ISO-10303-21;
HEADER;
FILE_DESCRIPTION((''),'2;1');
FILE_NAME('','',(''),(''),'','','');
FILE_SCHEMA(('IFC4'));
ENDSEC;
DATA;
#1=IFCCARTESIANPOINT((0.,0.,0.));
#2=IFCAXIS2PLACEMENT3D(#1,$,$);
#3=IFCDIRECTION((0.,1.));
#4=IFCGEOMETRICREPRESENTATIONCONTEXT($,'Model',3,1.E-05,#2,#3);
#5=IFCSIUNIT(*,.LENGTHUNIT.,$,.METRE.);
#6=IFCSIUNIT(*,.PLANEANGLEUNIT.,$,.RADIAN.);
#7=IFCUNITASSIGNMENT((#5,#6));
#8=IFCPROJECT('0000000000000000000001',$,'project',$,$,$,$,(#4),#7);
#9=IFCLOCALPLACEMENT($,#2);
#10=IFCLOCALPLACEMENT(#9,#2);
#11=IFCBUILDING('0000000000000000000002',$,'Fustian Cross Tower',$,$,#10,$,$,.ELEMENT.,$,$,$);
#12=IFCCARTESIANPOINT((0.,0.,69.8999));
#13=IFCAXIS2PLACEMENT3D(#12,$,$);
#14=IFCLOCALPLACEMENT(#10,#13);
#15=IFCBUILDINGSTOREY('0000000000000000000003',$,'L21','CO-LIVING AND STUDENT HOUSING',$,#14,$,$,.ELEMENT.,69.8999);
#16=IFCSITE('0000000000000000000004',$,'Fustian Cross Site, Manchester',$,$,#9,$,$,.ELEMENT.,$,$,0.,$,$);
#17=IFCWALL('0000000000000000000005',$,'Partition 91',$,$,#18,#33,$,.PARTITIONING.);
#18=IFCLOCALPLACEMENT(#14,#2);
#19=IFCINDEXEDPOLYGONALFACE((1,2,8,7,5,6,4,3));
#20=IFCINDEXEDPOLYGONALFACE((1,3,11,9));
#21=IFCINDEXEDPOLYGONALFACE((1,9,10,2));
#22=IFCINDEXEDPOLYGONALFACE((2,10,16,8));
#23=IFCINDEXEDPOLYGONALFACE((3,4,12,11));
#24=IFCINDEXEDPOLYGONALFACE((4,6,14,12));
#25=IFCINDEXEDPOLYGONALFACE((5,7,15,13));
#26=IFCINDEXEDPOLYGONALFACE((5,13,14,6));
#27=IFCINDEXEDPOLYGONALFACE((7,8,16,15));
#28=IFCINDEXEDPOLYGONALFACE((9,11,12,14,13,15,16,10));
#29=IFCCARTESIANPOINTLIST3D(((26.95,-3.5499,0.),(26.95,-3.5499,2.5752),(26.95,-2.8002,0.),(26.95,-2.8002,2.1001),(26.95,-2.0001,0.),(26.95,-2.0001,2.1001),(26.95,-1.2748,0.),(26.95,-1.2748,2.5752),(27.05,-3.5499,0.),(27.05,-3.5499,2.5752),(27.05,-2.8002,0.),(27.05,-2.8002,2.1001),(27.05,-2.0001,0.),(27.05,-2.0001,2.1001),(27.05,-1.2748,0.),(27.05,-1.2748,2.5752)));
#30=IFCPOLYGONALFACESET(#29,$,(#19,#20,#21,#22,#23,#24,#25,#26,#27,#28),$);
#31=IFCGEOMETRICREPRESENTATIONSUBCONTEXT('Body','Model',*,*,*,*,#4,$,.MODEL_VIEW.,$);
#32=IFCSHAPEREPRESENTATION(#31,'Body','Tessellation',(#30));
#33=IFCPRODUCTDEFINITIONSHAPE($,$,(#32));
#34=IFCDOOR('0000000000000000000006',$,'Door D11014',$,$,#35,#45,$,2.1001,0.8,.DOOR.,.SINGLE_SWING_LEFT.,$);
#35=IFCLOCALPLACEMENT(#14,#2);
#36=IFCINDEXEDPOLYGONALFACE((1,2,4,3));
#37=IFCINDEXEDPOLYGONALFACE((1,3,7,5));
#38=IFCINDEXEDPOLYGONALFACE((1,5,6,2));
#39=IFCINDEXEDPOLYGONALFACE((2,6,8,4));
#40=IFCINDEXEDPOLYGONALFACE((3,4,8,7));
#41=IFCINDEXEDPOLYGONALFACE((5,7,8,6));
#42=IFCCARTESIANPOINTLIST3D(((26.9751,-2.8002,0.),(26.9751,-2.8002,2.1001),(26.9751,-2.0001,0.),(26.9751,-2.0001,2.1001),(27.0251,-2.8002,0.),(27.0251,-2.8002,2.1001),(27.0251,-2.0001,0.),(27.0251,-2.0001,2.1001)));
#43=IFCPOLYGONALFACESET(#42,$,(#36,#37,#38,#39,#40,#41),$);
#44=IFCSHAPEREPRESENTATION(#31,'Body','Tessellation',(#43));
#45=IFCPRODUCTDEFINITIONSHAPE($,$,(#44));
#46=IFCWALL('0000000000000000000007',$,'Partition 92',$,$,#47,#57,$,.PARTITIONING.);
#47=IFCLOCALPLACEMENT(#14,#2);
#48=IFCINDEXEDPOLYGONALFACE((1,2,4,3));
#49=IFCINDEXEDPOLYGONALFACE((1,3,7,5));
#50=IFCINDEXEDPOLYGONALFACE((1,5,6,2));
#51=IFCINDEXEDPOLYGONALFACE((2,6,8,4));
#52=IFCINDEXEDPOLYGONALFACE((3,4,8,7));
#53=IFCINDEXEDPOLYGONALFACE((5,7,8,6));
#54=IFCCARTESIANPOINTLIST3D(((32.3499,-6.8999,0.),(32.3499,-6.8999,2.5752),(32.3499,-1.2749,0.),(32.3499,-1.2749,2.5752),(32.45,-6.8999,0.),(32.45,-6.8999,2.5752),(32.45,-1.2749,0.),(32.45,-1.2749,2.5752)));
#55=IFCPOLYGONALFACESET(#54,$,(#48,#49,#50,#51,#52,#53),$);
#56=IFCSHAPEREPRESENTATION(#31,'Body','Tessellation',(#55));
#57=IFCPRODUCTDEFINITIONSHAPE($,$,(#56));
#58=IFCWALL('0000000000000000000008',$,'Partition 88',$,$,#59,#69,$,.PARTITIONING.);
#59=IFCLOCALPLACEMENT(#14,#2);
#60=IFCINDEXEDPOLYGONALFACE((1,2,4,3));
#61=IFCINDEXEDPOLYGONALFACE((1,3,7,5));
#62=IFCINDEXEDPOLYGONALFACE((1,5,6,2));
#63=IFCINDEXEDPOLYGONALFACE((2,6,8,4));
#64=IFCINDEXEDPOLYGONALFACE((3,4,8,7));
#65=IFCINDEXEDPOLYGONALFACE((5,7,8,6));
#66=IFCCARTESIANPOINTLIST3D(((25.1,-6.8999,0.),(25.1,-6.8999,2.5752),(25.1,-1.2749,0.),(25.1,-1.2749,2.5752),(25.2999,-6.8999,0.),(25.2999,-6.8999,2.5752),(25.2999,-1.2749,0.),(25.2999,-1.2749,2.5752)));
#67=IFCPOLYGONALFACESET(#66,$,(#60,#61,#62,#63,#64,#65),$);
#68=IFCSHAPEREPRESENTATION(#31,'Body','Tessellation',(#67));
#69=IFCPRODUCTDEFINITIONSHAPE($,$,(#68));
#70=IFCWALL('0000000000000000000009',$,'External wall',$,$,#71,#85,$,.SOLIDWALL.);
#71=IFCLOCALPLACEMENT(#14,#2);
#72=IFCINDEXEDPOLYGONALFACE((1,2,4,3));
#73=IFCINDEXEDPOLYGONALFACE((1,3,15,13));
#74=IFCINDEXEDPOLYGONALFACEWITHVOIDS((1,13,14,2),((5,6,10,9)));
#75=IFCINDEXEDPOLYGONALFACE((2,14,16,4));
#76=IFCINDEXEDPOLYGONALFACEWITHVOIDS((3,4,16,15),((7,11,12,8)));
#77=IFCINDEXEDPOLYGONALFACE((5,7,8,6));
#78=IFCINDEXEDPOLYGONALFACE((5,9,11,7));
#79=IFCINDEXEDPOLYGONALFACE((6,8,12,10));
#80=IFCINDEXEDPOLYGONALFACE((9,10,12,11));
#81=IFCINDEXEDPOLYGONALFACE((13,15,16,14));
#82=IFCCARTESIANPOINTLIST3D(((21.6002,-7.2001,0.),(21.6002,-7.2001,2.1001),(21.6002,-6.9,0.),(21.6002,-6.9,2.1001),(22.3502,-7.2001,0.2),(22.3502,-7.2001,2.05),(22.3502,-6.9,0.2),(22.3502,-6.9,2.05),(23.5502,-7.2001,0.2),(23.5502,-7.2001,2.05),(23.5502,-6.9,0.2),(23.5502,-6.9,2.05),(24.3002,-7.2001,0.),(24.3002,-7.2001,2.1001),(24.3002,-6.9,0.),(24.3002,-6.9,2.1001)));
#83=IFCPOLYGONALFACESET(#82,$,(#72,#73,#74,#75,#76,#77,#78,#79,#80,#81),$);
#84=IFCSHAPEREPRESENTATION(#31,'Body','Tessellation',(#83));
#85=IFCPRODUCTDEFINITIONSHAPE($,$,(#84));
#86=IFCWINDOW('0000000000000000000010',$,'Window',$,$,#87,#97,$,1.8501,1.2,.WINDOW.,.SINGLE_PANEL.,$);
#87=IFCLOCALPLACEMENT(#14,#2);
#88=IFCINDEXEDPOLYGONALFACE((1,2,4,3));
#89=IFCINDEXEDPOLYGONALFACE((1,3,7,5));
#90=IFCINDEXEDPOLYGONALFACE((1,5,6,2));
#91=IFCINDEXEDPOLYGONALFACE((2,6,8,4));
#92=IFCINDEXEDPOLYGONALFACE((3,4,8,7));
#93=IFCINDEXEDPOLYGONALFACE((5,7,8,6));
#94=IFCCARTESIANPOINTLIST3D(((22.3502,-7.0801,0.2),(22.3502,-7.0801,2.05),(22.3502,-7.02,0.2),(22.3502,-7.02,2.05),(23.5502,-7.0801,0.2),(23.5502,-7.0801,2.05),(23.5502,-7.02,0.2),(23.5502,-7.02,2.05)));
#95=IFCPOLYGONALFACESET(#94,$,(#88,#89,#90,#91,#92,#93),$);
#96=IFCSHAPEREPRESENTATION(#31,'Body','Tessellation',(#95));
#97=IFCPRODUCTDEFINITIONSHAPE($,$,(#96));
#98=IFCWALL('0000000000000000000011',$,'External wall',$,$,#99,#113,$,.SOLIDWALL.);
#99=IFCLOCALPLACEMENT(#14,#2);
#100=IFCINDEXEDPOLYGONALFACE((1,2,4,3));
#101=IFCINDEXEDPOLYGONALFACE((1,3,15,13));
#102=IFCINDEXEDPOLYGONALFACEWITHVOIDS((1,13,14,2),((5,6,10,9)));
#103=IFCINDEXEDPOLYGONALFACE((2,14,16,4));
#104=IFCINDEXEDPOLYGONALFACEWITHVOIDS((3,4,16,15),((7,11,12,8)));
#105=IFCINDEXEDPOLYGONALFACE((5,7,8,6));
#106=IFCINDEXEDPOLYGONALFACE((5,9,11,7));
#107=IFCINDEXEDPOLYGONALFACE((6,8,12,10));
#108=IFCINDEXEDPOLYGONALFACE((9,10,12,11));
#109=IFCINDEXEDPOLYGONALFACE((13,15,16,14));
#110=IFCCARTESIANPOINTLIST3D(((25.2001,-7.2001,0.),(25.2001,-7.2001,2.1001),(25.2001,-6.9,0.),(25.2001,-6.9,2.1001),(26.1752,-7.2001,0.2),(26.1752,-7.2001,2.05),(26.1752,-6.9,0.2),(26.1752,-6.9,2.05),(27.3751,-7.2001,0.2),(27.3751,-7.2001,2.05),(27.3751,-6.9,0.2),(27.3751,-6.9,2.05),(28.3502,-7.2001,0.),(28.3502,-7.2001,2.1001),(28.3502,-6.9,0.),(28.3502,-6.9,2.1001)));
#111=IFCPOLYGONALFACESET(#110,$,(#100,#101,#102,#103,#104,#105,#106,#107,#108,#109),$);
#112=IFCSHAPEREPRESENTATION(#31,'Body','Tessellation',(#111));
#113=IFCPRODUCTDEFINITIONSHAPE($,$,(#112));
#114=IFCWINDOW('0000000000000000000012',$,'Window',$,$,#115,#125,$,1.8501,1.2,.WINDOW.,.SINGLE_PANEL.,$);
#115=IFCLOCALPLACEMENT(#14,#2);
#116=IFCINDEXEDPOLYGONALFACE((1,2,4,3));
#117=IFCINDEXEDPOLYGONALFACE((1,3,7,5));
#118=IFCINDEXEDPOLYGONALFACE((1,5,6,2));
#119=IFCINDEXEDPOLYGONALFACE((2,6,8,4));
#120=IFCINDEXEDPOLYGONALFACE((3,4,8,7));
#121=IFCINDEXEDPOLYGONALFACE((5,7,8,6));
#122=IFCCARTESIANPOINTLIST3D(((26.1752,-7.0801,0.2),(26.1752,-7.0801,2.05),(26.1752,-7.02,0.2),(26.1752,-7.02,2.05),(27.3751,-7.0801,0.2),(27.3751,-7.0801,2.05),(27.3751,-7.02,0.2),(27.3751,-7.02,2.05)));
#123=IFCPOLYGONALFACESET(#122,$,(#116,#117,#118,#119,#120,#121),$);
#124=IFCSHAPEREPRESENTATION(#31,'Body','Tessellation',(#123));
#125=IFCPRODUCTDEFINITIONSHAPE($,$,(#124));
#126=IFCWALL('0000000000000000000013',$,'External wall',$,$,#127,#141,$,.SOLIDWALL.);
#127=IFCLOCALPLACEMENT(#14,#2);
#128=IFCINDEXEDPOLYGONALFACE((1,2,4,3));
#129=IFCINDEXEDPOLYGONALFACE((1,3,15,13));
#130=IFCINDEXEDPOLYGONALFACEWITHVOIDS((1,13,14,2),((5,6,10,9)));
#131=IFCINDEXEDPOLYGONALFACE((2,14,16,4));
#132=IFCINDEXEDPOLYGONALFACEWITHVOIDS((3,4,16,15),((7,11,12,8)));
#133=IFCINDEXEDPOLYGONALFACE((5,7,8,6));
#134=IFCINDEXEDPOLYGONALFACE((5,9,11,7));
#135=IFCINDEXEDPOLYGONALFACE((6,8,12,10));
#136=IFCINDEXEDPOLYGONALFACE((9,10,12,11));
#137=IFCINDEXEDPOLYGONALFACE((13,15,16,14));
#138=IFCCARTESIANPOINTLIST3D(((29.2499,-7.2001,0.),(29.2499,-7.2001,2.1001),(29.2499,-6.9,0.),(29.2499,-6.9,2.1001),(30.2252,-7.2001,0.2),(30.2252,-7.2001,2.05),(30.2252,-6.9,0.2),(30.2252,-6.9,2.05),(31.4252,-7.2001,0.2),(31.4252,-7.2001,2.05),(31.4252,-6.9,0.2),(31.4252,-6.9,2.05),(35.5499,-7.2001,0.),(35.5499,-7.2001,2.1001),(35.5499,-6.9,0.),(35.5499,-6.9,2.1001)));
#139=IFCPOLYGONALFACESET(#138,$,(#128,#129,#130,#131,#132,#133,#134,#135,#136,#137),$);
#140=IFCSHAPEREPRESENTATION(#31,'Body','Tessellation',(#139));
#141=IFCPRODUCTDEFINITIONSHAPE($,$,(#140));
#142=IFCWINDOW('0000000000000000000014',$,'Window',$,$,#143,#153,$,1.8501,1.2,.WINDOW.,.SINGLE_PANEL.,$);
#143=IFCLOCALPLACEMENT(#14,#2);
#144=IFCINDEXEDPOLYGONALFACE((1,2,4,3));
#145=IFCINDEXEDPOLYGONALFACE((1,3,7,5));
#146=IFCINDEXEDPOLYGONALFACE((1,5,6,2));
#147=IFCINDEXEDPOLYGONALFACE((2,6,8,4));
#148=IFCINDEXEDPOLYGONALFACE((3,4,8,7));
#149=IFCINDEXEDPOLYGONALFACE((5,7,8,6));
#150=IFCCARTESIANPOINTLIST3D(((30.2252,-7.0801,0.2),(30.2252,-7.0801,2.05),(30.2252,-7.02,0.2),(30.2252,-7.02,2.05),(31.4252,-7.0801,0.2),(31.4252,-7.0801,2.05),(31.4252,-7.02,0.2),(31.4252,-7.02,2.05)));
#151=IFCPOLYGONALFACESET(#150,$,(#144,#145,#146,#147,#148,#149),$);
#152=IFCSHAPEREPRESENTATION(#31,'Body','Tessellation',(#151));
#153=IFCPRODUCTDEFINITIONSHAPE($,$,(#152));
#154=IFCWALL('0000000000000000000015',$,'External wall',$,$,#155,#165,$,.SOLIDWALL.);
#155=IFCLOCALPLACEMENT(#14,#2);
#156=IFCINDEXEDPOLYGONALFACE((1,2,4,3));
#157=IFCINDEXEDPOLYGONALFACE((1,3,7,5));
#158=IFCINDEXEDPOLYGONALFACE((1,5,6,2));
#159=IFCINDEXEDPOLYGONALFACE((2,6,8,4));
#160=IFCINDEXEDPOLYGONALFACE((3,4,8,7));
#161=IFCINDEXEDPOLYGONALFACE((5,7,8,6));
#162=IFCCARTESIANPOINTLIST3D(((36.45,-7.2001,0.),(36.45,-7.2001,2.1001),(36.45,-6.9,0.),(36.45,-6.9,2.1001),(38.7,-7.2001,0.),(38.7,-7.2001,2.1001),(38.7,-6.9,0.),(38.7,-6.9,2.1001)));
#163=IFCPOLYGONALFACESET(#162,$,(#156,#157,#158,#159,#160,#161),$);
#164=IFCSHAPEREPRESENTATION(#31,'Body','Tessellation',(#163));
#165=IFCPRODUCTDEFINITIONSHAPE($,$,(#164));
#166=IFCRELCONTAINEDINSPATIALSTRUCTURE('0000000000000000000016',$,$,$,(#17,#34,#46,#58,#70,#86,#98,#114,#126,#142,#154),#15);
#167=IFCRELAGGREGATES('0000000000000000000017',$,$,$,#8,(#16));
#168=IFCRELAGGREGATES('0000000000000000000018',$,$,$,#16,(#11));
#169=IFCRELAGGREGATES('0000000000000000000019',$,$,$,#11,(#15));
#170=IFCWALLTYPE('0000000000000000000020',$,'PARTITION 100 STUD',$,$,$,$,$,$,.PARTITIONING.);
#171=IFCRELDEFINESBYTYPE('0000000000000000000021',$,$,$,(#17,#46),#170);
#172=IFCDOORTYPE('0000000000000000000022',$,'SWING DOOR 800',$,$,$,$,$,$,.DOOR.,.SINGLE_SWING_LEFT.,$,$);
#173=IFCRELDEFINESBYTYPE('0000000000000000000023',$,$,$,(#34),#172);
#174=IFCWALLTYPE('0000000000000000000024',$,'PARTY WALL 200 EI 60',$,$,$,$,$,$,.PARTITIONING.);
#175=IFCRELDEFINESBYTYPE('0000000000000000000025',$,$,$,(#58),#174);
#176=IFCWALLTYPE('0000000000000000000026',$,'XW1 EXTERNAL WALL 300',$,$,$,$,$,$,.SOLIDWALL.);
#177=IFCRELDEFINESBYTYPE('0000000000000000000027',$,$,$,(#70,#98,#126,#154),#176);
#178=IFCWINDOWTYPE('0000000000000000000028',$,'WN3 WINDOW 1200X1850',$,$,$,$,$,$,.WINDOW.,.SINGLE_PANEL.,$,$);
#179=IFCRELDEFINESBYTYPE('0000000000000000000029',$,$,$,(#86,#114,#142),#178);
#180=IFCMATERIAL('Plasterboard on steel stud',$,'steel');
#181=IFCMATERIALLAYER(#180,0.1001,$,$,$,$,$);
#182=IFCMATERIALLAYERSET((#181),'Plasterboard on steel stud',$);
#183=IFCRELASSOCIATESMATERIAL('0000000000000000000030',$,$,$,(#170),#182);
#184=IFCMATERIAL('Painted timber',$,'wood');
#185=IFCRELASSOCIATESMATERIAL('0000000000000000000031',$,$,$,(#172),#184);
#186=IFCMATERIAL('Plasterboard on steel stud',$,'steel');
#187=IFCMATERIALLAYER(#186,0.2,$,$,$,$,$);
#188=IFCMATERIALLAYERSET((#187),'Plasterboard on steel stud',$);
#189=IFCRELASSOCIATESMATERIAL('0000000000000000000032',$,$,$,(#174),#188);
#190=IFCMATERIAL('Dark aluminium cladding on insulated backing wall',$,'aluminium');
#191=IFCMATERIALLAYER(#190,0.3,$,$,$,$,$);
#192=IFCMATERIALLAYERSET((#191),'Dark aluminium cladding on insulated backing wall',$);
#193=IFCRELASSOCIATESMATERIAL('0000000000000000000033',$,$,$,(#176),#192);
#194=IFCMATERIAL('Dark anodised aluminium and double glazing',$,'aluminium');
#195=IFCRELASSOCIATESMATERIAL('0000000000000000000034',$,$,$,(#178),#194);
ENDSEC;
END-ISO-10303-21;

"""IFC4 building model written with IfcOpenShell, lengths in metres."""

from ifc_helpers import new_model, si_unit, direction, frame, frame_2d, origin, place, context, subcontext, project, spatial, rectangle, extrude, material, layer, layer_set, type_object, element, fill, save


model = new_model("IFC4")

# Units and contexts
model_context = context("Model", 3, precision=1e-05, world=origin(), true_north=direction((0.0, 1.0)))
body_context = subcontext(model_context, "Body", "Model", "MODEL_VIEW")
ifc_project = project(units=[si_unit("LENGTHUNIT", "METRE"), si_unit("PLANEANGLEUNIT", "RADIAN")], contexts=[model_context])

# Site, building, storey
site_placement = place(None, origin())
site = spatial("IfcSite", under=ifc_project, at=site_placement, Name="Fustian Cross Site, Manchester", CompositionType="ELEMENT", RefElevation=0.0)
building_placement = place(site_placement, origin())
building = spatial("IfcBuilding", under=site, at=building_placement, Name="Fustian Cross Tower", CompositionType="ELEMENT")
storey_placement = place(building_placement, frame((0.0, 0.0, 69.8999)))
storey = spatial("IfcBuildingStorey", under=building, at=storey_placement, Name="L21", Description="CO-LIVING AND STUDENT HOUSING", CompositionType="ELEMENT", Elevation=69.8999)

# Shared definitions
ifc_material_1 = material(Name="Plasterboard on steel stud", Category="steel")
ifc_layer_1 = layer(ifc_material_1, 0.1001)
ifc_layer_set_1 = layer_set([ifc_layer_1], Name="Plasterboard on steel stud")
wall_type_1 = type_object("IfcWallType", Name="PARTITION 100 STUD", PredefinedType="PARTITIONING", material=ifc_layer_set_1)

# Shared definitions
ifc_material_2 = material(Name="Painted timber", Category="wood")
door_type = type_object("IfcDoorType", Name="SWING DOOR 800", OperationType="SINGLE_SWING_LEFT", PredefinedType="DOOR", material=ifc_material_2)

# Wall, opening, door
wall_1_placement = place(storey_placement, frame((27.0, -3.55, 0.0), z_axis=(0.0, 0.0, 1.0), x_axis=(0.0, 1.0, 0.0)))
wall_1 = element("IfcWall", 1, at=wall_1_placement, inside=storey, type_object=wall_type_1, Name="Partition 91", PredefinedType="PARTITIONING", context=body_context, shape_type="SweptSolid", body=[
    extrude(rectangle(XDim=2.2751, YDim=0.1001, at=frame_2d((1.1377, 0.0))), origin(), (0.0, 0.0, 1.0), 2.5752),
])
opening_1_placement = place(wall_1_placement, frame((0.75, 0.0, 0.0)))
opening_1 = element("IfcOpeningElement", 2, at=opening_1_placement, cuts=wall_1, PredefinedType="OPENING", context=body_context, shape_type="SweptSolid", body=[
    extrude(rectangle(XDim=0.8, YDim=2.1001, at=frame_2d((0.3999, 1.05))), frame((0.0, 0.0601, 0.0), z_axis=(0.0, -1.0, 0.0), x_axis=(1.0, 0.0, 0.0)), (0.0, 0.0, 1.0), 0.1201),
])
door_1_placement = place(opening_1_placement, origin())
door_1 = element("IfcDoor", 3, at=door_1_placement, inside=storey, type_object=door_type, Name="Door D11014", OperationType="SINGLE_SWING_LEFT", OverallHeight=2.1001, OverallWidth=0.8, PredefinedType="DOOR", context=body_context, shape_type="SweptSolid", body=[
    extrude(rectangle(XDim=0.8, YDim=2.1001, at=frame_2d((0.3999, 1.05))), frame((0.0, 0.0249, 0.0), z_axis=(0.0, -1.0, 0.0), x_axis=(1.0, 0.0, 0.0)), (0.0, 0.0, 1.0), 0.05),
])
fill(opening_1, door_1)

# Walls
wall_2_placement = place(storey_placement, frame((32.3999, -6.8999, 0.0), z_axis=(0.0, 0.0, 1.0), x_axis=(0.0, 1.0, 0.0)))
element("IfcWall", 4, at=wall_2_placement, inside=storey, type_object=wall_type_1, Name="Partition 92", PredefinedType="PARTITIONING", context=body_context, shape_type="SweptSolid", body=[
    extrude(rectangle(XDim=5.625, YDim=0.1001, at=frame_2d((2.8125, 0.0))), origin(), (0.0, 0.0, 1.0), 2.5752),
])
ifc_material_3 = material(Name="Plasterboard on steel stud", Category="steel")
ifc_layer_2 = layer(ifc_material_3, 0.2)
ifc_layer_set_2 = layer_set([ifc_layer_2], Name="Plasterboard on steel stud")
wall_type_2 = type_object("IfcWallType", Name="PARTY WALL 200 EI 60", PredefinedType="PARTITIONING", material=ifc_layer_set_2)
wall_3_placement = place(storey_placement, frame((25.2, -6.8999, 0.0), z_axis=(0.0, 0.0, 1.0), x_axis=(0.0, 1.0, 0.0)))
element("IfcWall", 5, at=wall_3_placement, inside=storey, type_object=wall_type_2, Name="Partition 88", PredefinedType="PARTITIONING", context=body_context, shape_type="SweptSolid", body=[
    extrude(rectangle(XDim=5.625, YDim=0.2, at=frame_2d((2.8125, 0.0))), origin(), (0.0, 0.0, 1.0), 2.5752),
])

# Walls, openings, windows
ifc_material_4 = material(Name="Dark aluminium cladding on insulated backing wall", Category="aluminium")
ifc_layer_3 = layer(ifc_material_4, 0.3)
ifc_layer_set_3 = layer_set([ifc_layer_3], Name="Dark aluminium cladding on insulated backing wall")
wall_type_3 = type_object("IfcWallType", Name="XW1 EXTERNAL WALL 300", PredefinedType="SOLIDWALL", material=ifc_layer_set_3)
wall_4_placement = place(storey_placement, frame((21.6001, -7.05, 0.0), z_axis=(0.0, 0.0, 1.0), x_axis=(1.0, 0.0, 0.0)))
wall_4 = element("IfcWall", 6, at=wall_4_placement, inside=storey, type_object=wall_type_3, Name="External wall", PredefinedType="SOLIDWALL", context=body_context, shape_type="SweptSolid", body=[
    extrude(rectangle(XDim=2.7, YDim=0.3, at=frame_2d((1.3501, 0.0))), origin(), (0.0, 0.0, 1.0), 2.1001),
])
opening_2_placement = place(wall_4_placement, frame((0.75, 0.0, 0.2)))
opening_2 = element("IfcOpeningElement", 7, at=opening_2_placement, cuts=wall_4, PredefinedType="OPENING", context=body_context, shape_type="SweptSolid", body=[
    extrude(rectangle(XDim=1.2, YDim=1.8501, at=frame_2d((0.6001, 0.925))), frame((0.0, 0.1599, 0.0), z_axis=(0.0, -1.0, 0.0), x_axis=(1.0, 0.0, 0.0)), (0.0, 0.0, 1.0), 0.3201),
])
ifc_material_5 = material(Name="Dark anodised aluminium and double glazing", Category="aluminium")
window_type = type_object("IfcWindowType", Name="WN3 WINDOW 1200X1850", PartitioningType="SINGLE_PANEL", PredefinedType="WINDOW", material=ifc_material_5)
window_1_placement = place(opening_2_placement, origin())
window_1 = element("IfcWindow", 8, at=window_1_placement, inside=storey, type_object=window_type, Name="Window", OverallHeight=1.8501, OverallWidth=1.2, PartitioningType="SINGLE_PANEL", PredefinedType="WINDOW", context=body_context, shape_type="SweptSolid", body=[
    extrude(rectangle(XDim=1.2, YDim=1.8501, at=frame_2d((0.6001, 0.925))), frame((0.0, 0.03, 0.0), z_axis=(0.0, -1.0, 0.0), x_axis=(1.0, 0.0, 0.0)), (0.0, 0.0, 1.0), 0.0601),
])
fill(opening_2, window_1)
wall_5_placement = place(storey_placement, frame((25.2, -7.05, 0.0), z_axis=(0.0, 0.0, 1.0), x_axis=(1.0, 0.0, 0.0)))
wall_5 = element("IfcWall", 9, at=wall_5_placement, inside=storey, type_object=wall_type_3, Name="External wall", PredefinedType="SOLIDWALL", context=body_context, shape_type="SweptSolid", body=[
    extrude(rectangle(XDim=3.1501, YDim=0.3, at=frame_2d((1.5752, 0.0))), origin(), (0.0, 0.0, 1.0), 2.1001),
])
opening_3_placement = place(wall_5_placement, frame((0.9751, 0.0, 0.2)))
opening_3 = element("IfcOpeningElement", 10, at=opening_3_placement, cuts=wall_5, PredefinedType="OPENING", context=body_context, shape_type="SweptSolid", body=[
    extrude(rectangle(XDim=1.2, YDim=1.8501, at=frame_2d((0.6001, 0.925))), frame((0.0, 0.1599, 0.0), z_axis=(0.0, -1.0, 0.0), x_axis=(1.0, 0.0, 0.0)), (0.0, 0.0, 1.0), 0.3201),
])
window_2_placement = place(opening_3_placement, origin())
window_2 = element("IfcWindow", 11, at=window_2_placement, inside=storey, type_object=window_type, Name="Window", OverallHeight=1.8501, OverallWidth=1.2, PartitioningType="SINGLE_PANEL", PredefinedType="WINDOW", context=body_context, shape_type="SweptSolid", body=[
    extrude(rectangle(XDim=1.2, YDim=1.8501, at=frame_2d((0.6001, 0.925))), frame((0.0, 0.03, 0.0), z_axis=(0.0, -1.0, 0.0), x_axis=(1.0, 0.0, 0.0)), (0.0, 0.0, 1.0), 0.0601),
])
fill(opening_3, window_2)
wall_6_placement = place(storey_placement, frame((29.25, -7.05, 0.0), z_axis=(0.0, 0.0, 1.0), x_axis=(1.0, 0.0, 0.0)))
wall_6 = element("IfcWall", 12, at=wall_6_placement, inside=storey, type_object=wall_type_3, Name="External wall", PredefinedType="SOLIDWALL", context=body_context, shape_type="SweptSolid", body=[
    extrude(rectangle(XDim=6.3, YDim=0.3, at=frame_2d((3.1499, 0.0))), origin(), (0.0, 0.0, 1.0), 2.1001),
])
opening_4_placement = place(wall_6_placement, frame((0.9751, 0.0, 0.2)))
opening_4 = element("IfcOpeningElement", 13, at=opening_4_placement, cuts=wall_6, PredefinedType="OPENING", context=body_context, shape_type="SweptSolid", body=[
    extrude(rectangle(XDim=1.2, YDim=1.8501, at=frame_2d((0.6001, 0.925))), frame((0.0, 0.1599, 0.0), z_axis=(0.0, -1.0, 0.0), x_axis=(1.0, 0.0, 0.0)), (0.0, 0.0, 1.0), 0.3201),
])
window_3_placement = place(opening_4_placement, origin())
window_3 = element("IfcWindow", 14, at=window_3_placement, inside=storey, type_object=window_type, Name="Window", OverallHeight=1.8501, OverallWidth=1.2, PartitioningType="SINGLE_PANEL", PredefinedType="WINDOW", context=body_context, shape_type="SweptSolid", body=[
    extrude(rectangle(XDim=1.2, YDim=1.8501, at=frame_2d((0.6001, 0.925))), frame((0.0, 0.03, 0.0), z_axis=(0.0, -1.0, 0.0), x_axis=(1.0, 0.0, 0.0)), (0.0, 0.0, 1.0), 0.0601),
])
fill(opening_4, window_3)

# Wall
wall_7_placement = place(storey_placement, frame((36.45, -7.05, 0.0), z_axis=(0.0, 0.0, 1.0), x_axis=(1.0, 0.0, 0.0)))
element("IfcWall", 15, at=wall_7_placement, inside=storey, type_object=wall_type_3, Name="External wall", PredefinedType="SOLIDWALL", context=body_context, shape_type="SweptSolid", body=[
    extrude(rectangle(XDim=2.25, YDim=0.3, at=frame_2d((1.125, 0.0))), origin(), (0.0, 0.0, 1.0), 2.1001),
])

save(model, "model.ifc")
